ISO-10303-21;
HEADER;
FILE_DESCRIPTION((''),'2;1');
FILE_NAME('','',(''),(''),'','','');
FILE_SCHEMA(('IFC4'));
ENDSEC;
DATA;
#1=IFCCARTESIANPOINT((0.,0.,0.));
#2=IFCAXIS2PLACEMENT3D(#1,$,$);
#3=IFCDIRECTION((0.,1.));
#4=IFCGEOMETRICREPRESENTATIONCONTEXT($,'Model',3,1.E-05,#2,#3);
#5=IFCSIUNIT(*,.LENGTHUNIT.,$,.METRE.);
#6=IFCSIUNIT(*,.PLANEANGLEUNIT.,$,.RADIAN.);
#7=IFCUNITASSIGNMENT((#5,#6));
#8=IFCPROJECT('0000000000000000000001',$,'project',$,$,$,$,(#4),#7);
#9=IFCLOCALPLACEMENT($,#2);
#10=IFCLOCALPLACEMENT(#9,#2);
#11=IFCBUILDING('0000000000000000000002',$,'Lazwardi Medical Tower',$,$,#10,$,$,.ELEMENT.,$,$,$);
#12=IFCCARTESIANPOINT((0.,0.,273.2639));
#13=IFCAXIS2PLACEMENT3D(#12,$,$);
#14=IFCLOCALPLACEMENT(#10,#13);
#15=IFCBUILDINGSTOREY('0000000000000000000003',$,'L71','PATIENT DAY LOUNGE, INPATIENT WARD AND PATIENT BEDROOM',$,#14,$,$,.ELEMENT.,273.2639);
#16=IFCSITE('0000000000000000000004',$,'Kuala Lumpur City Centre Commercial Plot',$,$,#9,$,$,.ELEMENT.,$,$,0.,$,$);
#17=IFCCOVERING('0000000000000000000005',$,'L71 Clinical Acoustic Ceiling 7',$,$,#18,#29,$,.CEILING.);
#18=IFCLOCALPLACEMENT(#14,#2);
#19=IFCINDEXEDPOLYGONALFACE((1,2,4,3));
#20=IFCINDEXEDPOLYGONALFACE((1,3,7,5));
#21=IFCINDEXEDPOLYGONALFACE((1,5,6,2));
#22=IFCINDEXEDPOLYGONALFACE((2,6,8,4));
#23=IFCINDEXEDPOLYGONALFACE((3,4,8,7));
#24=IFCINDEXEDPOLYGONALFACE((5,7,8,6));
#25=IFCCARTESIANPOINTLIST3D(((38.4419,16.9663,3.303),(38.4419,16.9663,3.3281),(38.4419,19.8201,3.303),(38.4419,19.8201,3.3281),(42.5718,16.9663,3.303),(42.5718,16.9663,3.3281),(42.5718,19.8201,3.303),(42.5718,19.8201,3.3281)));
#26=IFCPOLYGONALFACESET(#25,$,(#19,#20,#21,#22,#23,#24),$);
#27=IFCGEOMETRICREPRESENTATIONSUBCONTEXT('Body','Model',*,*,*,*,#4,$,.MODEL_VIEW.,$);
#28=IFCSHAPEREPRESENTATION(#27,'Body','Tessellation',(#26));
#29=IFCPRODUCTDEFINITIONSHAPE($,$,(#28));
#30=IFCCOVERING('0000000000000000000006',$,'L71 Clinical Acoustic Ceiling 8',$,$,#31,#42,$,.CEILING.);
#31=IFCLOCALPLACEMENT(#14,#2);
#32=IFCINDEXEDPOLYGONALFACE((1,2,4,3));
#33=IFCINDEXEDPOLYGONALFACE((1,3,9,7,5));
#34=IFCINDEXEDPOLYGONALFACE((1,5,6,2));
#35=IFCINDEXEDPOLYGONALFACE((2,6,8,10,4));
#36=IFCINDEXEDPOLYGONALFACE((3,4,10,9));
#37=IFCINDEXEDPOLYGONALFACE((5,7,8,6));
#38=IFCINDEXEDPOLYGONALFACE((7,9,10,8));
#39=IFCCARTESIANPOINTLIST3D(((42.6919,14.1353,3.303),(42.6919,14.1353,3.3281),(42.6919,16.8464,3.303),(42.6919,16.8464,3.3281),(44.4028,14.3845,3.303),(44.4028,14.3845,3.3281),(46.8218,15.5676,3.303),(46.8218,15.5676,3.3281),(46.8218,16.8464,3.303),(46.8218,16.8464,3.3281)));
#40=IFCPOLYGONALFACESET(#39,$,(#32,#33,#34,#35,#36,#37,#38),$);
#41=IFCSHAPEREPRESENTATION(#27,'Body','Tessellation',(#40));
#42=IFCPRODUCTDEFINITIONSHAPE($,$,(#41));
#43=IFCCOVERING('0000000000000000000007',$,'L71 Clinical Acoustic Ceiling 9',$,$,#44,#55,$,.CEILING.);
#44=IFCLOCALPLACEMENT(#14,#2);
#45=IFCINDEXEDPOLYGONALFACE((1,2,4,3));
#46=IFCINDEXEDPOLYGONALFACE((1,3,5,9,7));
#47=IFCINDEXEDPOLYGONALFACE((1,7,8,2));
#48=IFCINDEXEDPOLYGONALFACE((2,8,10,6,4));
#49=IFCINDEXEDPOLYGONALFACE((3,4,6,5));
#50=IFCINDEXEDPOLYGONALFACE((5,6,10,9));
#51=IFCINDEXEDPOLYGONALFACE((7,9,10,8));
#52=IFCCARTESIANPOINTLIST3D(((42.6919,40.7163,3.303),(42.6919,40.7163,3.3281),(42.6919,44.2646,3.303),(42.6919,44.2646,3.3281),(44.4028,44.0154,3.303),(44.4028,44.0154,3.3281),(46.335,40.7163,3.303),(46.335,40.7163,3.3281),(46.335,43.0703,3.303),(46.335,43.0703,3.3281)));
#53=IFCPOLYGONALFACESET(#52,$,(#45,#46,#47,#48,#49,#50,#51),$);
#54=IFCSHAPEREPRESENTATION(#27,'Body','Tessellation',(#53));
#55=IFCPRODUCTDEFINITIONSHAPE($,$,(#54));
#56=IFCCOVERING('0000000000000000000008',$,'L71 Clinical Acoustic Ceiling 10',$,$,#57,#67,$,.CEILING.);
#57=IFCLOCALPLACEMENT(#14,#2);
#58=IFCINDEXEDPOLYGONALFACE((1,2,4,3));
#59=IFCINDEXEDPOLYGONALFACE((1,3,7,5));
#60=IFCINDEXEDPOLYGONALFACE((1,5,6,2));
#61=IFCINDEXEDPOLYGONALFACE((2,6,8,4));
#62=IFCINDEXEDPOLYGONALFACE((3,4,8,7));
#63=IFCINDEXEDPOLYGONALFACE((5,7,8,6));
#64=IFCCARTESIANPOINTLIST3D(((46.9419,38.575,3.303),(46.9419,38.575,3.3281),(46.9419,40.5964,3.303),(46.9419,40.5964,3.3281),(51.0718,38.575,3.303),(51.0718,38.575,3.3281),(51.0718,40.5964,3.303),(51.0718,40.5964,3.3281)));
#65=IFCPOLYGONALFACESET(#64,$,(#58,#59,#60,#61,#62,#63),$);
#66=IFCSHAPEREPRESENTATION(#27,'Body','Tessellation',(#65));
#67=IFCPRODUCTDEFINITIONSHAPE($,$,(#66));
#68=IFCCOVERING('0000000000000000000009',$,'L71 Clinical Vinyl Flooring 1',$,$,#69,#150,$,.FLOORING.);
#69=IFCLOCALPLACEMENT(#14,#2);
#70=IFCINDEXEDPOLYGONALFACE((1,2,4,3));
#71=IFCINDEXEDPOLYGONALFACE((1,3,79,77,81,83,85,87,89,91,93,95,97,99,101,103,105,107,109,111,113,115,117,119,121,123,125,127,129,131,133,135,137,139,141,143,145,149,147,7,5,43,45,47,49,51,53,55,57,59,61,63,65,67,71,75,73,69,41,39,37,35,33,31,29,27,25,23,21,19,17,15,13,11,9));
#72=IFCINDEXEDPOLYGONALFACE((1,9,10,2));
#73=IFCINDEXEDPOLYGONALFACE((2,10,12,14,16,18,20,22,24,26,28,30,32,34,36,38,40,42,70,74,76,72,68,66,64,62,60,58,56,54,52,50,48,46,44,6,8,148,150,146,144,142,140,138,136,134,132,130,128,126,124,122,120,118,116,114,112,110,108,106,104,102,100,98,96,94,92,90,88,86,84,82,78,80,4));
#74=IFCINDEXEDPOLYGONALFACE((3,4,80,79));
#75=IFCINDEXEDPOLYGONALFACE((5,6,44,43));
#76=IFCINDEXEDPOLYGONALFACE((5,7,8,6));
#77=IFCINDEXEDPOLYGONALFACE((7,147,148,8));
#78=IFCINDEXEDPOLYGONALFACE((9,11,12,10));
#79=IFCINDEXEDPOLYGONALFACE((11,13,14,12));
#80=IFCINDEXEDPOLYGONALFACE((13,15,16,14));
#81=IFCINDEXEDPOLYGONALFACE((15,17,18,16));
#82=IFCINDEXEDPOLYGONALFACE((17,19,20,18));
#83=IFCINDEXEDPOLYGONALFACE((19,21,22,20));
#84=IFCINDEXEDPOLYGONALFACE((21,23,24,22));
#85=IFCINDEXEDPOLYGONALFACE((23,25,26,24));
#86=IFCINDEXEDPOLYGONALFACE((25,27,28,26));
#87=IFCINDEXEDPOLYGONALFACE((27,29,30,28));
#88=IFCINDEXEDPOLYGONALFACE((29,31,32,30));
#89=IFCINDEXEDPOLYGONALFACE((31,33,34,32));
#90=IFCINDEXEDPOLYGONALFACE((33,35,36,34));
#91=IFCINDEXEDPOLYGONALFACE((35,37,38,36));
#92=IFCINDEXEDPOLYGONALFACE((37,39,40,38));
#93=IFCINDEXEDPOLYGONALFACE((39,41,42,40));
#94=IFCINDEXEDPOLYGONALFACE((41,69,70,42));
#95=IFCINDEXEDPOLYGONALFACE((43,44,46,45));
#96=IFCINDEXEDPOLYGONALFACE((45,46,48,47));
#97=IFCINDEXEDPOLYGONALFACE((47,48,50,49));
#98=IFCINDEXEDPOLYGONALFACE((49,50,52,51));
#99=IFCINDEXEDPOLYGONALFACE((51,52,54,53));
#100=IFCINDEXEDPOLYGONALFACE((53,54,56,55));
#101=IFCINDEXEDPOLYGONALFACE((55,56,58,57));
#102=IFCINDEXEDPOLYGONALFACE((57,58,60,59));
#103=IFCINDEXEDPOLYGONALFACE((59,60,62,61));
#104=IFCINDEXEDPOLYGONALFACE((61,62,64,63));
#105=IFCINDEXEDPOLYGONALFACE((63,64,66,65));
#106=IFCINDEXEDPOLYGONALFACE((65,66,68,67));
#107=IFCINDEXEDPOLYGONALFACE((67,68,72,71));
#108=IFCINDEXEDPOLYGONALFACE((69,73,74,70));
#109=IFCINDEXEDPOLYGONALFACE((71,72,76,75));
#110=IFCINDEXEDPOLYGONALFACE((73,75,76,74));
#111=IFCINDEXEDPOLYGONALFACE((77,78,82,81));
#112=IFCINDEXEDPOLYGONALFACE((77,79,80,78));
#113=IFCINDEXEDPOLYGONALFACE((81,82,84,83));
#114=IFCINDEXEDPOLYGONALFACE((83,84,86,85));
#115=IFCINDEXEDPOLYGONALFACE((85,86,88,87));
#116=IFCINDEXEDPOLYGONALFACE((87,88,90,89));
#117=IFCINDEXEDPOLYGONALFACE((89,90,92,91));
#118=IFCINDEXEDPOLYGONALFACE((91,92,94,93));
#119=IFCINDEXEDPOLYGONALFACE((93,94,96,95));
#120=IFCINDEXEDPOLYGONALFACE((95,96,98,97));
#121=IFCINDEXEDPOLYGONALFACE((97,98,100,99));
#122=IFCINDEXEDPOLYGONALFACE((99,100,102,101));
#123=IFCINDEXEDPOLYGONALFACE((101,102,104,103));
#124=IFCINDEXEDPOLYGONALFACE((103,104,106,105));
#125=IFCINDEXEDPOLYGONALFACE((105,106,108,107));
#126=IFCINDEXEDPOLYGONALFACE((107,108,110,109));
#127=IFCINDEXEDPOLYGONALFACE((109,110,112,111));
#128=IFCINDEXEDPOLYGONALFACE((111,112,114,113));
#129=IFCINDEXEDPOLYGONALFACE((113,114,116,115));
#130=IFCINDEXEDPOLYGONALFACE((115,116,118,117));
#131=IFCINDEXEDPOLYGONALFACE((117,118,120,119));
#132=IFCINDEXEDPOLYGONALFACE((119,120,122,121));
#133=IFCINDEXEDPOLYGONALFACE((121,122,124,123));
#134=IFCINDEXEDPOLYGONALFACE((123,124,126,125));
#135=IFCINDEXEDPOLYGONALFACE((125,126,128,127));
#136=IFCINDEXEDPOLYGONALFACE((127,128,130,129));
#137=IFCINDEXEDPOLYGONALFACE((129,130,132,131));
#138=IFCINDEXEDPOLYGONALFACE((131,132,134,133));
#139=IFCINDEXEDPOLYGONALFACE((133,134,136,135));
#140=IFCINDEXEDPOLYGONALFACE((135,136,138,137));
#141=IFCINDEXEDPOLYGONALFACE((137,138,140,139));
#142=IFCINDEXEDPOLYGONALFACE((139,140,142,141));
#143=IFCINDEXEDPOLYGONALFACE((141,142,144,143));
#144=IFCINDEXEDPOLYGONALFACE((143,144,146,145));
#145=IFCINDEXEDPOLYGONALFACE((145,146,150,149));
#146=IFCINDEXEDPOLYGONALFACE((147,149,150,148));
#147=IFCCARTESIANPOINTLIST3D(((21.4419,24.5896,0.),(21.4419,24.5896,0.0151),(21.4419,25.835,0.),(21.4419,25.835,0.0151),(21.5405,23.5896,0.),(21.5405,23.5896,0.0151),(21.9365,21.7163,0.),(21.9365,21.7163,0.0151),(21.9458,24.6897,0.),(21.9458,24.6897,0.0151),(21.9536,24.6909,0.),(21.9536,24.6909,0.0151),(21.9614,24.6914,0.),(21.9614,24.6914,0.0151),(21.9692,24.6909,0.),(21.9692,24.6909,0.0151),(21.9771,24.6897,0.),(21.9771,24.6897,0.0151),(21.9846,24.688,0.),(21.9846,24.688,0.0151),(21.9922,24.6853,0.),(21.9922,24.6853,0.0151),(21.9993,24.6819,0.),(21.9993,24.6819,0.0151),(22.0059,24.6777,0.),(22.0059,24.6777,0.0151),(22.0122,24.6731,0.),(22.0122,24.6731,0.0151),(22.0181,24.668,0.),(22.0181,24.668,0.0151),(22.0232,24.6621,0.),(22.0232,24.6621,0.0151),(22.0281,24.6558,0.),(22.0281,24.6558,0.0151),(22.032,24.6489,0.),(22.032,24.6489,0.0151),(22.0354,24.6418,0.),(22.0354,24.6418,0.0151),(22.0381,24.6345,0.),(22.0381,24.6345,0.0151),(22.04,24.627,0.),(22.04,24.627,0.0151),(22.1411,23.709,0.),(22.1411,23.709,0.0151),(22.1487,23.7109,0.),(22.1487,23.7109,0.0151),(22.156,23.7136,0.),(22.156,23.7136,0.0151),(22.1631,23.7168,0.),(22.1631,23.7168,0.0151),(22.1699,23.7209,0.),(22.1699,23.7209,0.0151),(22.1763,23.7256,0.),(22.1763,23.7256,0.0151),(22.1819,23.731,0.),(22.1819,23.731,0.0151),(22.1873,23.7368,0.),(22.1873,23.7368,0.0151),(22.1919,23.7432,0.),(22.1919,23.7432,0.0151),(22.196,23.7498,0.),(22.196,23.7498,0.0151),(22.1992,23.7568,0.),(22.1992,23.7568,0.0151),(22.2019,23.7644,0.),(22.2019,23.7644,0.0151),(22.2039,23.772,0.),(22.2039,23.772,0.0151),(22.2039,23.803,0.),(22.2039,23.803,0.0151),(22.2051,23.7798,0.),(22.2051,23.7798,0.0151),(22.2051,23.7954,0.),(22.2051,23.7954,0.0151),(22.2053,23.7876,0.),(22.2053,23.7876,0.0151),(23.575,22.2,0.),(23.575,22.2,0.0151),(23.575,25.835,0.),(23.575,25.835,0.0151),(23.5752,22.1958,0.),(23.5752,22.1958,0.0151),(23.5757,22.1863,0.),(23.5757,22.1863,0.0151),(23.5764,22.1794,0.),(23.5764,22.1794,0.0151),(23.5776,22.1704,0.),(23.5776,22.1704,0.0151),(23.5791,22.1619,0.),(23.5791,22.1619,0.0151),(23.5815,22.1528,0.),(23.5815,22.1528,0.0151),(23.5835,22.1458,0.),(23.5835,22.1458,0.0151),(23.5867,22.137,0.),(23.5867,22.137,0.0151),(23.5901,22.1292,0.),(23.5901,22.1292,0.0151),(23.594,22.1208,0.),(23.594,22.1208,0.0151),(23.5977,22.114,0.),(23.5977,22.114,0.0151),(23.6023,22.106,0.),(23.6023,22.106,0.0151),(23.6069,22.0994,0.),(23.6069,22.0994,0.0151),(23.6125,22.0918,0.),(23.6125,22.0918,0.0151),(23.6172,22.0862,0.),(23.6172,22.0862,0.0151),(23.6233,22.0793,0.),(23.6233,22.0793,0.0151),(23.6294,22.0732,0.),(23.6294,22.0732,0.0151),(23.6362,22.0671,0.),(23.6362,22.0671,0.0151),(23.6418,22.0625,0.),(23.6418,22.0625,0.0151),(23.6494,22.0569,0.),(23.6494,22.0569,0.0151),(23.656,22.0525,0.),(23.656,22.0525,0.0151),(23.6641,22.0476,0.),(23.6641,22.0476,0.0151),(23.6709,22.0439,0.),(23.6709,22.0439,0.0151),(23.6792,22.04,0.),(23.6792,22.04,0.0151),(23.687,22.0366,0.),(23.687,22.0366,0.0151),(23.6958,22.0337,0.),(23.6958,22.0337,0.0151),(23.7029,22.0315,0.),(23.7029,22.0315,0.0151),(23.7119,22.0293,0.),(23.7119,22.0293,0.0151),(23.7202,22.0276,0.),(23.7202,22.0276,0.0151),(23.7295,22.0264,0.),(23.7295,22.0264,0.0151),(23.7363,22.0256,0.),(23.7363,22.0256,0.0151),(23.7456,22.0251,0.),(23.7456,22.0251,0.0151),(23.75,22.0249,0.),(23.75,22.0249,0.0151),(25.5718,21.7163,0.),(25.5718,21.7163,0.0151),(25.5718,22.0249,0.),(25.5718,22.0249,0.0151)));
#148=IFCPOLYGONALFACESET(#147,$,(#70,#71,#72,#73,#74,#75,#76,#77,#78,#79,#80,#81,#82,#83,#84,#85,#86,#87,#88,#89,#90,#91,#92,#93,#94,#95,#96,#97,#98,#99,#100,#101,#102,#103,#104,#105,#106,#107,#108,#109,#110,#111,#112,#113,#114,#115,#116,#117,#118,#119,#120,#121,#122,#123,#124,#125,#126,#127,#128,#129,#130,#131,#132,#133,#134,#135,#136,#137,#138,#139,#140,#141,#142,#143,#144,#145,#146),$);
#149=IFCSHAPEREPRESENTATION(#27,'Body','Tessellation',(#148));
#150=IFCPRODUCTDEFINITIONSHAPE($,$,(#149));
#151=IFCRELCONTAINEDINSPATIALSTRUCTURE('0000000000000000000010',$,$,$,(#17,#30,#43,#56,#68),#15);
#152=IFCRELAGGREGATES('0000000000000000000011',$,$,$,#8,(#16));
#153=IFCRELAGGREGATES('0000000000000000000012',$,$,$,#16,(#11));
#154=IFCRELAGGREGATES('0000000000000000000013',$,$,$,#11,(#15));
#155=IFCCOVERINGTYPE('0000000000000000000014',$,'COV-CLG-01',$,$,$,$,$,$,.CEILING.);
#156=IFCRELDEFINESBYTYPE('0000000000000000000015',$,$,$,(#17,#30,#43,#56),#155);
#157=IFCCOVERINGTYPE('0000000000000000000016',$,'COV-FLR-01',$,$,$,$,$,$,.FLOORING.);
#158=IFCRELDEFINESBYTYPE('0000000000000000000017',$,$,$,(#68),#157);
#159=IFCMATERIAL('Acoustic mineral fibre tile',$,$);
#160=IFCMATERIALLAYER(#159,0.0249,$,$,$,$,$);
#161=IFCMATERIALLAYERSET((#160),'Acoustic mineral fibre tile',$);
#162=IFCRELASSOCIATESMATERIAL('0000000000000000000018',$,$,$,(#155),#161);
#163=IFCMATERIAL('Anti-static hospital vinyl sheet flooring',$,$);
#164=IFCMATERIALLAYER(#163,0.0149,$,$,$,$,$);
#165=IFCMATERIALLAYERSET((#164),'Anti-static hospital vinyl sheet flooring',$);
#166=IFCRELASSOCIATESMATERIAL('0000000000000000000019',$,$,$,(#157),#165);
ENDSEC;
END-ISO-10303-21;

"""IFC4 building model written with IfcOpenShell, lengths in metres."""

from ifc_helpers import new_model, si_unit, direction, frame, origin, place, context, subcontext, project, spatial, polyline, outline, extrude, material, layer, layer_set, type_object, element, save


model = new_model("IFC4")

# Units and contexts
model_context = context("Model", 3, precision=1e-05, world=origin(), true_north=direction((0.0, 1.0)))
body_context = subcontext(model_context, "Body", "Model", "MODEL_VIEW")
ifc_project = project(units=[si_unit("LENGTHUNIT", "METRE"), si_unit("PLANEANGLEUNIT", "RADIAN")], contexts=[model_context])

# Site, building, storey
site_placement = place(None, origin())
site = spatial("IfcSite", under=ifc_project, at=site_placement, Name="Kuala Lumpur City Centre Commercial Plot", CompositionType="ELEMENT", RefElevation=0.0)
building_placement = place(site_placement, origin())
building = spatial("IfcBuilding", under=site, at=building_placement, Name="Lazwardi Medical Tower", CompositionType="ELEMENT")
storey_placement = place(building_placement, frame((0.0, 0.0, 273.2639)))
storey = spatial("IfcBuildingStorey", under=building, at=storey_placement, Name="L71", Description="PATIENT DAY LOUNGE, INPATIENT WARD AND PATIENT BEDROOM", CompositionType="ELEMENT", Elevation=273.2639)

# Coverings
ifc_material_1 = material(Name="Acoustic mineral fibre tile")
ifc_layer_1 = layer(ifc_material_1, 0.0249)
ifc_layer_set_1 = layer_set([ifc_layer_1], Name="Acoustic mineral fibre tile")
covering_type_1 = type_object("IfcCoveringType", Name="COV-CLG-01", PredefinedType="CEILING", material=ifc_layer_set_1)
covering_1_placement = place(storey_placement, frame((0.0, 0.0, 3.303)))
element("IfcCovering", 1, at=covering_1_placement, inside=storey, type_object=covering_type_1, Name="L71 Clinical Acoustic Ceiling 7", PredefinedType="CEILING", context=body_context, shape_type="SweptSolid", body=[
    extrude(outline(polyline([(42.5718, 19.8201), (38.4419, 19.8201), (38.4419, 16.9663), (42.5718, 16.9663), (42.5718, 19.8201)])), origin(), (0.0, 0.0, 1.0), 0.0251),
])
covering_2_placement = place(storey_placement, frame((0.0, 0.0, 3.303)))
element("IfcCovering", 2, at=covering_2_placement, inside=storey, type_object=covering_type_1, Name="L71 Clinical Acoustic Ceiling 8", PredefinedType="CEILING", context=body_context, shape_type="SweptSolid", body=[
    extrude(outline(polyline([(42.6919, 14.1353), (44.4028, 14.3845), (46.8218, 15.5676), (46.8218, 16.8464), (42.6919, 16.8464), (42.6919, 14.1353)])), origin(), (0.0, 0.0, 1.0), 0.0251),
])
covering_3_placement = place(storey_placement, frame((0.0, 0.0, 3.303)))
element("IfcCovering", 3, at=covering_3_placement, inside=storey, type_object=covering_type_1, Name="L71 Clinical Acoustic Ceiling 9", PredefinedType="CEILING", context=body_context, shape_type="SweptSolid", body=[
    extrude(outline(polyline([(46.335, 40.7163), (46.335, 43.0703), (44.4028, 44.0154), (42.6919, 44.2646), (42.6919, 40.7163), (46.335, 40.7163)])), origin(), (0.0, 0.0, 1.0), 0.0251),
])
covering_4_placement = place(storey_placement, frame((0.0, 0.0, 3.303)))
element("IfcCovering", 4, at=covering_4_placement, inside=storey, type_object=covering_type_1, Name="L71 Clinical Acoustic Ceiling 10", PredefinedType="CEILING", context=body_context, shape_type="SweptSolid", body=[
    extrude(outline(polyline([(46.9419, 38.575), (51.0718, 38.575), (51.0718, 40.5964), (46.9419, 40.5964), (46.9419, 38.575)])), origin(), (0.0, 0.0, 1.0), 0.0251),
])
ifc_material_2 = material(Name="Anti-static hospital vinyl sheet flooring")
ifc_layer_2 = layer(ifc_material_2, 0.0149)
ifc_layer_set_2 = layer_set([ifc_layer_2], Name="Anti-static hospital vinyl sheet flooring")
covering_type_2 = type_object("IfcCoveringType", Name="COV-FLR-01", PredefinedType="FLOORING", material=ifc_layer_set_2)
covering_5_placement = place(storey_placement, origin())
element("IfcCovering", 5, at=covering_5_placement, inside=storey, type_object=covering_type_2, Name="L71 Clinical Vinyl Flooring 1", PredefinedType="FLOORING", context=body_context, shape_type="SweptSolid", body=[
    extrude(outline(polyline([(25.5718, 22.0249), (23.75, 22.0249), (23.7456, 22.0251), (23.7363, 22.0256), (23.7295, 22.0264), (23.7202, 22.0276), (23.7119, 22.0293), (23.7029, 22.0315), (23.6958, 22.0337), (23.687, 22.0366), (23.6792, 22.04), (23.6709, 22.0439), (23.6641, 22.0476), (23.656, 22.0525), (23.6494, 22.0569), (23.6418, 22.0625), (23.6362, 22.0671), (23.6294, 22.0732), (23.6233, 22.0793), (23.6172, 22.0862), (23.6125, 22.0918), (23.6069, 22.0994), (23.6023, 22.106), (23.5977, 22.114), (23.594, 22.1208), (23.5901, 22.1292), (23.5867, 22.137), (23.5835, 22.1458), (23.5815, 22.1528), (23.5791, 22.1619), (23.5776, 22.1704), (23.5764, 22.1794), (23.5757, 22.1863), (23.5752, 22.1958), (23.575, 22.2), (23.575, 25.835), (21.4419, 25.835), (21.4419, 24.5896), (21.9458, 24.6897), (21.9536, 24.6909), (21.9614, 24.6914), (21.9692, 24.6909), (21.9771, 24.6897), (21.9846, 24.688), (21.9922, 24.6853), (21.9993, 24.6819), (22.0059, 24.6777), (22.0122, 24.6731), (22.0181, 24.668), (22.0232, 24.6621), (22.0281, 24.6558), (22.032, 24.6489), (22.0354, 24.6418), (22.0381, 24.6345), (22.04, 24.627), (22.2039, 23.803), (22.2051, 23.7954), (22.2053, 23.7876), (22.2051, 23.7798), (22.2039, 23.772), (22.2019, 23.7644), (22.1992, 23.7568), (22.196, 23.7498), (22.1919, 23.7432), (22.1873, 23.7368), (22.1819, 23.731), (22.1763, 23.7256), (22.1699, 23.7209), (22.1631, 23.7168), (22.156, 23.7136), (22.1487, 23.7109), (22.1411, 23.709), (21.5405, 23.5896), (21.9365, 21.7163), (25.5718, 21.7163), (25.5718, 22.0249)])), origin(), (0.0, 0.0, 1.0), 0.0151),
])

save(model, "model.ifc")
